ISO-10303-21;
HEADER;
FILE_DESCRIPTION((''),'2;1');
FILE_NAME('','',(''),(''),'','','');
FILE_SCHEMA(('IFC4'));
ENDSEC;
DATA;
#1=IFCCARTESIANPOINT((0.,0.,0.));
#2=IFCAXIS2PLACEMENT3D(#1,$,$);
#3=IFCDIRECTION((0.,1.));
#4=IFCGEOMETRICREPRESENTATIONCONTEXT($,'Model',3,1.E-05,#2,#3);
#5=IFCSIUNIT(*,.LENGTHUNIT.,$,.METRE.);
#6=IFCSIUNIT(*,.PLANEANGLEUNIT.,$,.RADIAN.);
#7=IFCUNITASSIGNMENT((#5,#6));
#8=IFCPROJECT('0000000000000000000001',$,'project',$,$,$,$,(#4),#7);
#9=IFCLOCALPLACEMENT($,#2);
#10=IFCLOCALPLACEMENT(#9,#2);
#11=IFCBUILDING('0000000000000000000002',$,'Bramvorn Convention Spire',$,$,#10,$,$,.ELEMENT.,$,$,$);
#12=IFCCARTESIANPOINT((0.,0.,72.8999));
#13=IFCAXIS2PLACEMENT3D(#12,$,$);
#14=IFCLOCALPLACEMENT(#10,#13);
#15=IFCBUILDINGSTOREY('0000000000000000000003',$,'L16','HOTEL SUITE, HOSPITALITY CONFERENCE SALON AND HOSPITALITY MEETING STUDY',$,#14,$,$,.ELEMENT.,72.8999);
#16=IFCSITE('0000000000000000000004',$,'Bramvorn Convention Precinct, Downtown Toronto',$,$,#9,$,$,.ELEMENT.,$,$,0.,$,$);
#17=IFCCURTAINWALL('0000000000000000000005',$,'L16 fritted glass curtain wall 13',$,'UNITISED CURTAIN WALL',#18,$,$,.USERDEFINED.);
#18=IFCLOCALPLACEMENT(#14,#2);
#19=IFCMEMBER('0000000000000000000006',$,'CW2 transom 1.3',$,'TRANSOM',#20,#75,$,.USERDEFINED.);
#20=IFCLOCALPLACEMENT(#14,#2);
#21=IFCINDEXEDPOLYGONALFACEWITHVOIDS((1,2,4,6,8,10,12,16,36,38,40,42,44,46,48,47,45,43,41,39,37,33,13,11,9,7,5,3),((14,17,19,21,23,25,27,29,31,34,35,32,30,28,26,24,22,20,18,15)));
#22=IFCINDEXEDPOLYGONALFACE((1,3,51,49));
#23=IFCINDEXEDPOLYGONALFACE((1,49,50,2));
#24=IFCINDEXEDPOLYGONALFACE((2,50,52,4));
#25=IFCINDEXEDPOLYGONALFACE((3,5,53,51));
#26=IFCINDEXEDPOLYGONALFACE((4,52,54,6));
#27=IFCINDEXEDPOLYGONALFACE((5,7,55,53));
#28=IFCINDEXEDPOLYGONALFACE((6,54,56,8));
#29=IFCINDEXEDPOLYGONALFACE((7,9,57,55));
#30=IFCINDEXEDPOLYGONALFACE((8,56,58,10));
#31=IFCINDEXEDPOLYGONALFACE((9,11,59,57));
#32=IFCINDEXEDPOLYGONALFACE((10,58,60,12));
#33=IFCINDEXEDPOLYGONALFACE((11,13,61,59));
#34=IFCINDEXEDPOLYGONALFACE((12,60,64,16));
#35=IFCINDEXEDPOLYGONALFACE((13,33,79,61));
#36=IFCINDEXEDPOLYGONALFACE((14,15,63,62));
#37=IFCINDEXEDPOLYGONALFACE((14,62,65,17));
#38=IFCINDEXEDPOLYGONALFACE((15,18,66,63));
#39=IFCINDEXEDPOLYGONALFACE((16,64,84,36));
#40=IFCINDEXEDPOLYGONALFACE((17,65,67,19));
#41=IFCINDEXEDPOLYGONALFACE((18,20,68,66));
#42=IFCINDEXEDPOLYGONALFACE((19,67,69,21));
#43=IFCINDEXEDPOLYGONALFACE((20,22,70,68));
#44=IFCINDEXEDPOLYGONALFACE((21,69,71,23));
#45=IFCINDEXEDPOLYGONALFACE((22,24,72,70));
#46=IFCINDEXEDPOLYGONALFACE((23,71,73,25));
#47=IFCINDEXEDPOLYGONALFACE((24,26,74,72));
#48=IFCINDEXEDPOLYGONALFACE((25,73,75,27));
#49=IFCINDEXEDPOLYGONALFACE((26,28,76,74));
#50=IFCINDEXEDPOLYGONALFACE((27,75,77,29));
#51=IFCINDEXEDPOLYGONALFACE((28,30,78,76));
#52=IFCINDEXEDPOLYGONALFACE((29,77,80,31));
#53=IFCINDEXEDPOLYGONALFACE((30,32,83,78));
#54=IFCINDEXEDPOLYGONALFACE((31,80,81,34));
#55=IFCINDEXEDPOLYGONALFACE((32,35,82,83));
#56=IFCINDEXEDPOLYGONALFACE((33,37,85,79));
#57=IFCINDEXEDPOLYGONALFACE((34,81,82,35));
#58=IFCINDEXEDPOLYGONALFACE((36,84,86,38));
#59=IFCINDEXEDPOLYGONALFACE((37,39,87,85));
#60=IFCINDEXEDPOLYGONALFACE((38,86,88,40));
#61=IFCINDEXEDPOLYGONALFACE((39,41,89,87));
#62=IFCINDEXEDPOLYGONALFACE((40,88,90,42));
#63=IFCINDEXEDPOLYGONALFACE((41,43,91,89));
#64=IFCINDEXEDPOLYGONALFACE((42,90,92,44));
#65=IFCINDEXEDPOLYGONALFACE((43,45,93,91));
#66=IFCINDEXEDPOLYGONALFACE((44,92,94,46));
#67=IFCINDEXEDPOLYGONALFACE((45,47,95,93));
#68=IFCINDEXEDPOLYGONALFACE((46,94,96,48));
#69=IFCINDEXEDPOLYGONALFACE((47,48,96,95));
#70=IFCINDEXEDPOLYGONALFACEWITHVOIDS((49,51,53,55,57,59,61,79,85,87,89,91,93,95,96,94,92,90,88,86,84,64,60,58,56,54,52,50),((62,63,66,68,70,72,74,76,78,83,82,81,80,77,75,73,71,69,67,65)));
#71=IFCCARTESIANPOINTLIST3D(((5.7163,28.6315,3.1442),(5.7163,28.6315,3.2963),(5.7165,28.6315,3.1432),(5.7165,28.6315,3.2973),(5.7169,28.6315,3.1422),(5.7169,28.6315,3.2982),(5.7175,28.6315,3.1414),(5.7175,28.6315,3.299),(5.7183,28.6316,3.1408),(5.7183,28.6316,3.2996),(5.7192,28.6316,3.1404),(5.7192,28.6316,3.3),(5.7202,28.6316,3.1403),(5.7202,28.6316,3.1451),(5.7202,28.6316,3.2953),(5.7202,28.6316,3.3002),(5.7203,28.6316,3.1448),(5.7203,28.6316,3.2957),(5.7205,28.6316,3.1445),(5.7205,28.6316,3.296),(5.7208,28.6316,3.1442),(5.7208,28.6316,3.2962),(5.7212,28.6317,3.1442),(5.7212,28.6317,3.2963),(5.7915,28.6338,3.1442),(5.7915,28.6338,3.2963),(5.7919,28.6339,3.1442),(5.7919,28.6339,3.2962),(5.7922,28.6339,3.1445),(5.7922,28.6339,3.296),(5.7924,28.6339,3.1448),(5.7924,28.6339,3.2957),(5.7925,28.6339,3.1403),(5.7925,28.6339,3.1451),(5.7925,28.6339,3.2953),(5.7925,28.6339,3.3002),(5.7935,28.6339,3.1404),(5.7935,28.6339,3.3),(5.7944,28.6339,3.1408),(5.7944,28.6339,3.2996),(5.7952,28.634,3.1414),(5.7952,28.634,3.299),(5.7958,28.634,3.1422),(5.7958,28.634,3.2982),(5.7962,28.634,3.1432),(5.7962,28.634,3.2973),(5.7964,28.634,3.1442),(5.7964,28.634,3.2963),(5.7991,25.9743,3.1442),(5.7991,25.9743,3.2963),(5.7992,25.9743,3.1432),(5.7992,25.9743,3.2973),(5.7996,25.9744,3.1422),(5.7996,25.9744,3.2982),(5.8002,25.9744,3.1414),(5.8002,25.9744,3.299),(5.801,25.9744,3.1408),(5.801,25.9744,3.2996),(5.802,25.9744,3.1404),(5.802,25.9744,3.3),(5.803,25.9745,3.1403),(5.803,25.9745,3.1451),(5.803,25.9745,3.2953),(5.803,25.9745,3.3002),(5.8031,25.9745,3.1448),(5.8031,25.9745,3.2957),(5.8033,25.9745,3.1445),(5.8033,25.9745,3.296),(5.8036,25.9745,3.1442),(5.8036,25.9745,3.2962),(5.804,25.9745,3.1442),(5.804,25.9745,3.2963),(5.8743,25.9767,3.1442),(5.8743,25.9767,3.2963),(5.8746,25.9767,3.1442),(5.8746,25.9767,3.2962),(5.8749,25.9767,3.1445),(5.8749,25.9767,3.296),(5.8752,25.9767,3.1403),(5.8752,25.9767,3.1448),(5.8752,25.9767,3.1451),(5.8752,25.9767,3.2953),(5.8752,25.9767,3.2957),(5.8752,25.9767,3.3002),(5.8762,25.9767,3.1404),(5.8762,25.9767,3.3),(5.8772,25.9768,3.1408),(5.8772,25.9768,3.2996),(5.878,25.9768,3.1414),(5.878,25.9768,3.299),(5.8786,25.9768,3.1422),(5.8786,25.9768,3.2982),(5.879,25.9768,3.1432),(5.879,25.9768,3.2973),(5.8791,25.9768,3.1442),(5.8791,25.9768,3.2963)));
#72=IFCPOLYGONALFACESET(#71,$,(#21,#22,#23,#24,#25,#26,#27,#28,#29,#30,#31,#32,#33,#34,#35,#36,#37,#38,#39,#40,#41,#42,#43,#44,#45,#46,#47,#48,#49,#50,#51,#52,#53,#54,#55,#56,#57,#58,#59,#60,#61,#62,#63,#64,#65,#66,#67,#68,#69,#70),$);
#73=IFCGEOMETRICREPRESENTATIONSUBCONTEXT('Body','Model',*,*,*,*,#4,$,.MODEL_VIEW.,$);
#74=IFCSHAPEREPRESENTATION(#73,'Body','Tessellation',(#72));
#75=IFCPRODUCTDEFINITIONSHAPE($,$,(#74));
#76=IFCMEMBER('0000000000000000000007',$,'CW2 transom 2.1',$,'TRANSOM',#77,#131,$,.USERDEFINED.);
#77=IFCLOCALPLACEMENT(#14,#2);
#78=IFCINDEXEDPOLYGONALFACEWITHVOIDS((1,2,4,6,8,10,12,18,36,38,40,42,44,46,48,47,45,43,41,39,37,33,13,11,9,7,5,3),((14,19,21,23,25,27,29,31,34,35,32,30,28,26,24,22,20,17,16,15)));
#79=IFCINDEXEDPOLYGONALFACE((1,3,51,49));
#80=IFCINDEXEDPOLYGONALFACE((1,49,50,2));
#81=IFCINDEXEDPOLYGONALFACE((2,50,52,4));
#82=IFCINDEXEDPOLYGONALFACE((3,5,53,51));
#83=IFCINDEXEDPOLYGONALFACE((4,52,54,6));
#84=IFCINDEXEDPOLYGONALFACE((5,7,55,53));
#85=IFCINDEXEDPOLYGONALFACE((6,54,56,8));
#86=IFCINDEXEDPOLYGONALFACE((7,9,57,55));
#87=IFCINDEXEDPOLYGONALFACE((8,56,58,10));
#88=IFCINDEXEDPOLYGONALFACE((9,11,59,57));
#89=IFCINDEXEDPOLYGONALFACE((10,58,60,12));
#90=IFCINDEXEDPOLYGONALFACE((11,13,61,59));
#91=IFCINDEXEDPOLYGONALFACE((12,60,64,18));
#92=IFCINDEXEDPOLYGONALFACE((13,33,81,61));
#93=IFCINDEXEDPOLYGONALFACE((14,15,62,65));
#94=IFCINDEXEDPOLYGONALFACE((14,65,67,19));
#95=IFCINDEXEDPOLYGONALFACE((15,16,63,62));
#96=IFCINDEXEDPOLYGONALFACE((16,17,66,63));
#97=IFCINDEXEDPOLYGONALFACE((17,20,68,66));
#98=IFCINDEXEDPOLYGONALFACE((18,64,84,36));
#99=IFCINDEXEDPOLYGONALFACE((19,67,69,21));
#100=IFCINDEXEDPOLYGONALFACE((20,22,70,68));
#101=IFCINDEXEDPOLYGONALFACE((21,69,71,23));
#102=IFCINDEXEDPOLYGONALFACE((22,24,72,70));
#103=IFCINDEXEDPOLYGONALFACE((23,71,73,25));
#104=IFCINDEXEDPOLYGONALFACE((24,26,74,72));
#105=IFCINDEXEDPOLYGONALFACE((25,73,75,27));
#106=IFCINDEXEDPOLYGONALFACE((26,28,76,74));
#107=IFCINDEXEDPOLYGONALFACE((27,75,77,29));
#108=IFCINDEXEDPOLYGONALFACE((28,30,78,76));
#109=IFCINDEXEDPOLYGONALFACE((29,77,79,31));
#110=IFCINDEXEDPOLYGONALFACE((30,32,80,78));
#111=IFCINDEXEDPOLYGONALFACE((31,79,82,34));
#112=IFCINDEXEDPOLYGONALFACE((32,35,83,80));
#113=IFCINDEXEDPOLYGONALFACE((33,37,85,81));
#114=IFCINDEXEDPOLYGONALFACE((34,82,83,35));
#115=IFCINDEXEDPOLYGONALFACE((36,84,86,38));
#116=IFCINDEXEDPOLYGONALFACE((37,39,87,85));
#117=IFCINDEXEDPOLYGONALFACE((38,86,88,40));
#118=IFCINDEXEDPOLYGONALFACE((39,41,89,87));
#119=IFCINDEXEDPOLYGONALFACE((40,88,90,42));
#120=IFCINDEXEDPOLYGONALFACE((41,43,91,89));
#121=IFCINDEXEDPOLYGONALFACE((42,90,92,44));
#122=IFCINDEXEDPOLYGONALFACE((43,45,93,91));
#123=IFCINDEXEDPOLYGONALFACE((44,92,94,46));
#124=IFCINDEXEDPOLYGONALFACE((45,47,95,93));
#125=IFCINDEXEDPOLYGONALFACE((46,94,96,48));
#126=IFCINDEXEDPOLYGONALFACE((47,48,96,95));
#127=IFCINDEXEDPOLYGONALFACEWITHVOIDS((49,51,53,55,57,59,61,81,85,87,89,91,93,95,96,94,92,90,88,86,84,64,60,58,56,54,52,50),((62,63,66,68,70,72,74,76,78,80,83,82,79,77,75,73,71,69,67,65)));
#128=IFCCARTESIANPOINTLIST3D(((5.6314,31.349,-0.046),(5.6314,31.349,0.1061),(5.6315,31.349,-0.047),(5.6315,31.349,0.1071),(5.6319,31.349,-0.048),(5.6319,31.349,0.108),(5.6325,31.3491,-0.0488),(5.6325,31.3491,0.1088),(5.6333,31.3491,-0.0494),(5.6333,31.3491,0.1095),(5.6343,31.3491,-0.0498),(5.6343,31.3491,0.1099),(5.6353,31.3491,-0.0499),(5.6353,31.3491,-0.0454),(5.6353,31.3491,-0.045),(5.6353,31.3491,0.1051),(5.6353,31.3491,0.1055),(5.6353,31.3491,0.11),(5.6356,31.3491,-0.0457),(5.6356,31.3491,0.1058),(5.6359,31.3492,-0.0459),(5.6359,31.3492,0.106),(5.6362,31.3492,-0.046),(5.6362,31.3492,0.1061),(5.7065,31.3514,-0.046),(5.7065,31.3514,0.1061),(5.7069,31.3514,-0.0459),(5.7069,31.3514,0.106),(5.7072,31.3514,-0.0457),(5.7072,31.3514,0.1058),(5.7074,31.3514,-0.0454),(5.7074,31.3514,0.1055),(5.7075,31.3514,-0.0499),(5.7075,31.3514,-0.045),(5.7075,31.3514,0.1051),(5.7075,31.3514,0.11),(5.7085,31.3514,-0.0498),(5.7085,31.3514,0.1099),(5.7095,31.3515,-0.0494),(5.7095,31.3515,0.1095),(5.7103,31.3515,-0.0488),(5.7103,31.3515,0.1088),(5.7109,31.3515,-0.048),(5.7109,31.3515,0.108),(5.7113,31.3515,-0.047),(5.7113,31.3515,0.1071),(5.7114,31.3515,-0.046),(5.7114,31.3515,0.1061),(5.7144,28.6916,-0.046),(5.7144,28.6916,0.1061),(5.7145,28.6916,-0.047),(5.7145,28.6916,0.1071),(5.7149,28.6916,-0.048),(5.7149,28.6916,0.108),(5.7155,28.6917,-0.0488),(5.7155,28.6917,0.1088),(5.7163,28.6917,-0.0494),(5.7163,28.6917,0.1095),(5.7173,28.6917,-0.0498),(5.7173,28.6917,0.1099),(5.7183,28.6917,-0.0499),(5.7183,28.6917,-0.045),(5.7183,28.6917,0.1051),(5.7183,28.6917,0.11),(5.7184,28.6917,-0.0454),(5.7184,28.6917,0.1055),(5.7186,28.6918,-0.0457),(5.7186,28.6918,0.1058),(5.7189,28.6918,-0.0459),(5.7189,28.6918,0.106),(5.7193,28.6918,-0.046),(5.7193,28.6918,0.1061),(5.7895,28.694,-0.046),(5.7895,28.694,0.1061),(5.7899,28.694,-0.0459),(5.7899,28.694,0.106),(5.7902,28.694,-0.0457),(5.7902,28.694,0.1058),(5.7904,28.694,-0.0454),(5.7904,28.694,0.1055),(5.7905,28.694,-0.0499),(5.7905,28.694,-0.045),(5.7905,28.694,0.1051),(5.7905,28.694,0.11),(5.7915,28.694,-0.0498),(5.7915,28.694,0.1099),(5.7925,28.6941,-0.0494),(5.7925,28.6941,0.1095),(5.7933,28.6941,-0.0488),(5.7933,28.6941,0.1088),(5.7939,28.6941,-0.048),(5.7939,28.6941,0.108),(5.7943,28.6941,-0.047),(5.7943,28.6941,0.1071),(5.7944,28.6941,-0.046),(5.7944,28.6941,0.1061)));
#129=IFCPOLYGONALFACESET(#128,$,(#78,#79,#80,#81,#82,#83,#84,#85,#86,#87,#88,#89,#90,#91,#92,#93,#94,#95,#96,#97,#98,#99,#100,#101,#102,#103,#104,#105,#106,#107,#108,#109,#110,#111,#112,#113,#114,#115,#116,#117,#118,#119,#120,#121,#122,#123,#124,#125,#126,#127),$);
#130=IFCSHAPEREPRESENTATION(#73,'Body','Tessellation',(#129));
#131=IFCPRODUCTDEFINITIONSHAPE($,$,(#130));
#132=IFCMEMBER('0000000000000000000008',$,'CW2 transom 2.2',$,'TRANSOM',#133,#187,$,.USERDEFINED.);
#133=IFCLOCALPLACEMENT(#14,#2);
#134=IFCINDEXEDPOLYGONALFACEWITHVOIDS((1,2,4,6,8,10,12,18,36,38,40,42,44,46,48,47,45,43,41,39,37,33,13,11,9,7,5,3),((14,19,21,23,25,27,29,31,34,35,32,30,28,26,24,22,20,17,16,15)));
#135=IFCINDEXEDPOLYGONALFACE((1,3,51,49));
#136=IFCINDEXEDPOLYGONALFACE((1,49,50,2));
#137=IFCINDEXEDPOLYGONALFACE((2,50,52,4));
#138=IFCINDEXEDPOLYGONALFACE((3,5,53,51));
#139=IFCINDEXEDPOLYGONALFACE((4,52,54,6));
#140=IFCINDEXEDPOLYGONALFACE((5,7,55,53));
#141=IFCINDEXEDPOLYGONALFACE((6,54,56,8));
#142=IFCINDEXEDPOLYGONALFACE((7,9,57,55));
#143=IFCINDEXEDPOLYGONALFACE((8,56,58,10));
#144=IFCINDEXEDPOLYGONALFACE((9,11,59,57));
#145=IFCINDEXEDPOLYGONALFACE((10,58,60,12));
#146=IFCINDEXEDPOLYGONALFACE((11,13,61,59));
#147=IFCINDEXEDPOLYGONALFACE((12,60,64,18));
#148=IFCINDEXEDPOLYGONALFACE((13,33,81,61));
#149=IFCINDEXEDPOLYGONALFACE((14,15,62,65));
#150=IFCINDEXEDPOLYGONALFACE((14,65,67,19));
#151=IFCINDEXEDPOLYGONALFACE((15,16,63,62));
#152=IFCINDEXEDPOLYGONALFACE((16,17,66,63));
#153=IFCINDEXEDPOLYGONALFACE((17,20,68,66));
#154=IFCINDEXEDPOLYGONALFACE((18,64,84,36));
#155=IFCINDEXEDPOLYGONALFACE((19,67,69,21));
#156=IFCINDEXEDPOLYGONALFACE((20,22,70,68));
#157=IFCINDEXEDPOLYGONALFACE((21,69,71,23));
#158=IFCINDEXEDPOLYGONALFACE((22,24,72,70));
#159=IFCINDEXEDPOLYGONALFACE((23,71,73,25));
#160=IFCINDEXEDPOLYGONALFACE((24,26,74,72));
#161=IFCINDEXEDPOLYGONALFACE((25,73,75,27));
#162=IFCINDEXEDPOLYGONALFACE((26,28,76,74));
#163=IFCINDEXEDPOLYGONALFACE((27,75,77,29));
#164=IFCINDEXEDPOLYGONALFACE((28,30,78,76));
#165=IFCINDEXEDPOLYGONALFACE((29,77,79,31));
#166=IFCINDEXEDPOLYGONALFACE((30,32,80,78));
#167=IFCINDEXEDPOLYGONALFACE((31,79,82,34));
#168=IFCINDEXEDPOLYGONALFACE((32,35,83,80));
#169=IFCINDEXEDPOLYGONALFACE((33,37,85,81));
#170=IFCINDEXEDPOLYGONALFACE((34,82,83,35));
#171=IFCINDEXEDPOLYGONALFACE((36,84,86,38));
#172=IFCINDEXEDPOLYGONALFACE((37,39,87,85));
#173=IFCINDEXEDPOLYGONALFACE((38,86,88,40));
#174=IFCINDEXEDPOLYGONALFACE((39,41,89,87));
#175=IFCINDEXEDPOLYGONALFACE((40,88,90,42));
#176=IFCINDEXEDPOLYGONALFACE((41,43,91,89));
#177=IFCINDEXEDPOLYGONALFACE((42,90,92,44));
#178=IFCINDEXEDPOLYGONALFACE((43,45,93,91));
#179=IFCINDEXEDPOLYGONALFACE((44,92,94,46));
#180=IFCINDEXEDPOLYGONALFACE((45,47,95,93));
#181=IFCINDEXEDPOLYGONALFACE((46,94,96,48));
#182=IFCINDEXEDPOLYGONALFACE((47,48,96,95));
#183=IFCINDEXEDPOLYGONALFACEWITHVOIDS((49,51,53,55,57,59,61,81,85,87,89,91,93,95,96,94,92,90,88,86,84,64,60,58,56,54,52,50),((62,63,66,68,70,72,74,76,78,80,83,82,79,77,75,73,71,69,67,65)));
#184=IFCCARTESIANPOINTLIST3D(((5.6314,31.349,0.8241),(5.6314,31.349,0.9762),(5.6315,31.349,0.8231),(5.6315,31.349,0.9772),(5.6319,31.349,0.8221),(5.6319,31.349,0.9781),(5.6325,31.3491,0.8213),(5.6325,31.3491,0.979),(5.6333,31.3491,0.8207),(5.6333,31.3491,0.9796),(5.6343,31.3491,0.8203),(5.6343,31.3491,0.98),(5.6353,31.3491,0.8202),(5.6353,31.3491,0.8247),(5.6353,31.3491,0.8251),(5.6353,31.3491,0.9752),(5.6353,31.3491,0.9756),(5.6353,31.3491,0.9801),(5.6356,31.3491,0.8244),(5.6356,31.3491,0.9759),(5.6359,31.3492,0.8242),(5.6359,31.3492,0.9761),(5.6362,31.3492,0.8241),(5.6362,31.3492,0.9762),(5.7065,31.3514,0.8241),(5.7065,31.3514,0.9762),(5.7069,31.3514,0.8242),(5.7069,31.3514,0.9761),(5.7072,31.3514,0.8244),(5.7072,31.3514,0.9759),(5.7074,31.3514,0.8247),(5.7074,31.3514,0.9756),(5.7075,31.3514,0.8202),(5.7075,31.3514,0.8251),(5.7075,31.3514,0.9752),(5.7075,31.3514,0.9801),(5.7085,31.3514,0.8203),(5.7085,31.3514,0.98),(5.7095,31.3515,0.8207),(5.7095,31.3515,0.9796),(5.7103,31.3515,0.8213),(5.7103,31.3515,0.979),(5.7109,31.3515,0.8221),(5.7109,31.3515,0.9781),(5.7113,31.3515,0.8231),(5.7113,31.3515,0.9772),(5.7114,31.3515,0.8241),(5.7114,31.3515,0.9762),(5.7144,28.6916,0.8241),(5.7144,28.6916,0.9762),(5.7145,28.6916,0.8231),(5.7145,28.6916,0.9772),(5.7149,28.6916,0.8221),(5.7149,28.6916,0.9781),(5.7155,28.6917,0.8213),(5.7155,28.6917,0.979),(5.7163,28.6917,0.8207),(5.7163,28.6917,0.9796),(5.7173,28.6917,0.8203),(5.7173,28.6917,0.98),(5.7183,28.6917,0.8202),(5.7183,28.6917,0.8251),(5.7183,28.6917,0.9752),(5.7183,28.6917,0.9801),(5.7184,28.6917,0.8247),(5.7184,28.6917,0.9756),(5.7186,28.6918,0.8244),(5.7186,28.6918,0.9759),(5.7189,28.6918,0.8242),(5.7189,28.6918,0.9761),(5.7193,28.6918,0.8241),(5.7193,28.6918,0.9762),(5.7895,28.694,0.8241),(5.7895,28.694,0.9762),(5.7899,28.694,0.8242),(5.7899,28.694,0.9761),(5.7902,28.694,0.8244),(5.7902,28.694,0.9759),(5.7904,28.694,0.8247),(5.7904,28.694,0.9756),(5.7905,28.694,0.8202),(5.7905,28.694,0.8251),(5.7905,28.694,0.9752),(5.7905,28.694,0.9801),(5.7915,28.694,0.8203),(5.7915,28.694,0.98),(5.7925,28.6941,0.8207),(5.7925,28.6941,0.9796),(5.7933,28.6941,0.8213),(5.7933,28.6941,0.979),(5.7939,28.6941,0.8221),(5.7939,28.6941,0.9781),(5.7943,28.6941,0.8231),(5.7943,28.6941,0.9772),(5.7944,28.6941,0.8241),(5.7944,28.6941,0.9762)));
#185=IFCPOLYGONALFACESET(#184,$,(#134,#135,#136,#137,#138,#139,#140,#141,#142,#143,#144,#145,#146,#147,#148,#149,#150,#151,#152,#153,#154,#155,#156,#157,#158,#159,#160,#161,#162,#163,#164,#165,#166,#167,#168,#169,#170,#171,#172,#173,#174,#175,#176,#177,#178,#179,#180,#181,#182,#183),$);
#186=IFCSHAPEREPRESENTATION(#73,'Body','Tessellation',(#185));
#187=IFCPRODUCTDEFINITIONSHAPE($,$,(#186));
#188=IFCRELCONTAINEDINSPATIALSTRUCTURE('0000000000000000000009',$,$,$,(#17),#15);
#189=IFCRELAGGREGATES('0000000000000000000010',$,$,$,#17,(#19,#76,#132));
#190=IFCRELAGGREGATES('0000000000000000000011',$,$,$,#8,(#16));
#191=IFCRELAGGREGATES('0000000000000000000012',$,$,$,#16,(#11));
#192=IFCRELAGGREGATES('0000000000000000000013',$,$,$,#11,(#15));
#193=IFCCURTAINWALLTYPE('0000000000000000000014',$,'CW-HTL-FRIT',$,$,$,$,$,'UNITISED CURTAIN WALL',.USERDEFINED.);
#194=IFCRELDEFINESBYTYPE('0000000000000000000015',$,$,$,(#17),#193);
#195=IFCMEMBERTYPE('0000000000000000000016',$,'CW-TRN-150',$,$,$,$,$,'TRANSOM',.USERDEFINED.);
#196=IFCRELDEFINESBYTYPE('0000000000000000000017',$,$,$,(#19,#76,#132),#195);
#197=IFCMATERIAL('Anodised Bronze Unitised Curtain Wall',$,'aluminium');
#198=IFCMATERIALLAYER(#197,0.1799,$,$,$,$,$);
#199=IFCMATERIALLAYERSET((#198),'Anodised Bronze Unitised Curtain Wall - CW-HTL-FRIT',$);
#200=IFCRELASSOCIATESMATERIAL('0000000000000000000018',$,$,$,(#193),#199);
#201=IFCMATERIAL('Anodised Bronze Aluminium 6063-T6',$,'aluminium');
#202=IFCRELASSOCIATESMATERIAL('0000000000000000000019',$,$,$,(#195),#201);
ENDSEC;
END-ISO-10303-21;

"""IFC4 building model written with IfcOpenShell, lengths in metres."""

from ifc_helpers import new_model, si_unit, direction, frame, origin, origin_2d, place, context, subcontext, project, spatial, hollow_rectangle, extrude, material, layer, layer_set, material_profile, profile_set, type_object, element, aggregate, save


model = new_model("IFC4")

# Units and contexts
model_context = context("Model", 3, precision=1e-05, world=origin(), true_north=direction((0.0, 1.0)))
body_context = subcontext(model_context, "Body", "Model", "MODEL_VIEW")
ifc_project = project(units=[si_unit("LENGTHUNIT", "METRE"), si_unit("PLANEANGLEUNIT", "RADIAN")], contexts=[model_context])

# Site, building, storey
site_placement = place(None, origin())
site = spatial("IfcSite", under=ifc_project, at=site_placement, Name="Bramvorn Convention Precinct, Downtown Toronto", CompositionType="ELEMENT", RefElevation=0.0)
building_placement = place(site_placement, origin())
building = spatial("IfcBuilding", under=site, at=building_placement, Name="Bramvorn Convention Spire", CompositionType="ELEMENT")
storey_placement = place(building_placement, frame((0.0, 0.0, 72.8999)))
storey = spatial("IfcBuildingStorey", under=building, at=storey_placement, Name="L16", Description="HOTEL SUITE, HOSPITALITY CONFERENCE SALON AND HOSPITALITY MEETING STUDY", CompositionType="ELEMENT", Elevation=72.8999)

# Curtain wall
ifc_material_1 = material(Name="Anodised Bronze Unitised Curtain Wall", Category="aluminium")
ifc_layer_1 = layer(ifc_material_1, 0.1799)
ifc_layer_set_1 = layer_set([ifc_layer_1], Name="Anodised Bronze Unitised Curtain Wall - CW-HTL-FRIT")
curtain_wall_type = type_object("IfcCurtainWallType", Name="CW-HTL-FRIT", ElementType="UNITISED CURTAIN WALL", PredefinedType="USERDEFINED", material=ifc_layer_set_1)
ifc_material_2 = material(Name="Anodised Bronze Aluminium 6063-T6", Category="aluminium")
curtain_wall_1_placement = place(storey_placement, origin())
curtain_wall_1 = element("IfcCurtainWall", 1, at=curtain_wall_1_placement, inside=storey, type_object=curtain_wall_type, Name="L16 fritted glass curtain wall 13", ObjectType="UNITISED CURTAIN WALL", PredefinedType="USERDEFINED")

# Members
ifc_material_profile_1 = material_profile(ifc_material_2, hollow_rectangle(XDim=0.0801, YDim=0.1599, WallThickness=0.0039, InnerFilletRadius=0.001, OuterFilletRadius=0.0039, at=origin_2d()))
ifc_profile_set_1 = profile_set([ifc_material_profile_1], Name="Anodised Bronze Aluminium 6063-T6 - CWT80X160")
member_type_1 = type_object("IfcMemberType", Name="CW-TRN-150", ElementType="TRANSOM", PredefinedType="USERDEFINED", material=ifc_profile_set_1)
member_1_placement = place(storey_placement, frame((5.8391, 25.9756, 3.2202), z_axis=(-0.031132, 0.999515, 0.0), x_axis=(-0.999515, -0.031132, 0.0)))
member_1 = element("IfcMember", 2, at=member_1_placement, type_object=member_type_1, Name="CW2 transom 1.3", ObjectType="TRANSOM", PredefinedType="USERDEFINED", context=body_context, shape_type="SweptSolid", body=[
    extrude(hollow_rectangle(XDim=0.0801, YDim=0.1599, WallThickness=0.0039, InnerFilletRadius=0.001, OuterFilletRadius=0.0039, at=origin_2d()), origin(), (0.0, 0.0, 1.0), 2.6584),
])
member_2_placement = place(storey_placement, frame((5.7544, 28.6929, 0.03), z_axis=(-0.03122, 0.999513, 0.0), x_axis=(-0.999513, -0.03122, 0.0)))
member_2 = element("IfcMember", 3, at=member_2_placement, type_object=member_type_1, Name="CW2 transom 2.1", ObjectType="TRANSOM", PredefinedType="USERDEFINED", context=body_context, shape_type="SweptSolid", body=[
    extrude(hollow_rectangle(XDim=0.0801, YDim=0.1599, WallThickness=0.0039, InnerFilletRadius=0.001, OuterFilletRadius=0.0039, at=origin_2d()), origin(), (0.0, 0.0, 1.0), 2.6587),
])
member_3_placement = place(storey_placement, frame((5.7544, 28.6929, 0.9001), z_axis=(-0.03122, 0.999513, 0.0), x_axis=(-0.999513, -0.03122, 0.0)))
member_3 = element("IfcMember", 4, at=member_3_placement, type_object=member_type_1, Name="CW2 transom 2.2", ObjectType="TRANSOM", PredefinedType="USERDEFINED", context=body_context, shape_type="SweptSolid", body=[
    extrude(hollow_rectangle(XDim=0.0801, YDim=0.1599, WallThickness=0.0039, InnerFilletRadius=0.001, OuterFilletRadius=0.0039, at=origin_2d()), origin(), (0.0, 0.0, 1.0), 2.6587),
])

aggregate(curtain_wall_1, [member_1, member_2, member_3])

save(model, "model.ifc")
